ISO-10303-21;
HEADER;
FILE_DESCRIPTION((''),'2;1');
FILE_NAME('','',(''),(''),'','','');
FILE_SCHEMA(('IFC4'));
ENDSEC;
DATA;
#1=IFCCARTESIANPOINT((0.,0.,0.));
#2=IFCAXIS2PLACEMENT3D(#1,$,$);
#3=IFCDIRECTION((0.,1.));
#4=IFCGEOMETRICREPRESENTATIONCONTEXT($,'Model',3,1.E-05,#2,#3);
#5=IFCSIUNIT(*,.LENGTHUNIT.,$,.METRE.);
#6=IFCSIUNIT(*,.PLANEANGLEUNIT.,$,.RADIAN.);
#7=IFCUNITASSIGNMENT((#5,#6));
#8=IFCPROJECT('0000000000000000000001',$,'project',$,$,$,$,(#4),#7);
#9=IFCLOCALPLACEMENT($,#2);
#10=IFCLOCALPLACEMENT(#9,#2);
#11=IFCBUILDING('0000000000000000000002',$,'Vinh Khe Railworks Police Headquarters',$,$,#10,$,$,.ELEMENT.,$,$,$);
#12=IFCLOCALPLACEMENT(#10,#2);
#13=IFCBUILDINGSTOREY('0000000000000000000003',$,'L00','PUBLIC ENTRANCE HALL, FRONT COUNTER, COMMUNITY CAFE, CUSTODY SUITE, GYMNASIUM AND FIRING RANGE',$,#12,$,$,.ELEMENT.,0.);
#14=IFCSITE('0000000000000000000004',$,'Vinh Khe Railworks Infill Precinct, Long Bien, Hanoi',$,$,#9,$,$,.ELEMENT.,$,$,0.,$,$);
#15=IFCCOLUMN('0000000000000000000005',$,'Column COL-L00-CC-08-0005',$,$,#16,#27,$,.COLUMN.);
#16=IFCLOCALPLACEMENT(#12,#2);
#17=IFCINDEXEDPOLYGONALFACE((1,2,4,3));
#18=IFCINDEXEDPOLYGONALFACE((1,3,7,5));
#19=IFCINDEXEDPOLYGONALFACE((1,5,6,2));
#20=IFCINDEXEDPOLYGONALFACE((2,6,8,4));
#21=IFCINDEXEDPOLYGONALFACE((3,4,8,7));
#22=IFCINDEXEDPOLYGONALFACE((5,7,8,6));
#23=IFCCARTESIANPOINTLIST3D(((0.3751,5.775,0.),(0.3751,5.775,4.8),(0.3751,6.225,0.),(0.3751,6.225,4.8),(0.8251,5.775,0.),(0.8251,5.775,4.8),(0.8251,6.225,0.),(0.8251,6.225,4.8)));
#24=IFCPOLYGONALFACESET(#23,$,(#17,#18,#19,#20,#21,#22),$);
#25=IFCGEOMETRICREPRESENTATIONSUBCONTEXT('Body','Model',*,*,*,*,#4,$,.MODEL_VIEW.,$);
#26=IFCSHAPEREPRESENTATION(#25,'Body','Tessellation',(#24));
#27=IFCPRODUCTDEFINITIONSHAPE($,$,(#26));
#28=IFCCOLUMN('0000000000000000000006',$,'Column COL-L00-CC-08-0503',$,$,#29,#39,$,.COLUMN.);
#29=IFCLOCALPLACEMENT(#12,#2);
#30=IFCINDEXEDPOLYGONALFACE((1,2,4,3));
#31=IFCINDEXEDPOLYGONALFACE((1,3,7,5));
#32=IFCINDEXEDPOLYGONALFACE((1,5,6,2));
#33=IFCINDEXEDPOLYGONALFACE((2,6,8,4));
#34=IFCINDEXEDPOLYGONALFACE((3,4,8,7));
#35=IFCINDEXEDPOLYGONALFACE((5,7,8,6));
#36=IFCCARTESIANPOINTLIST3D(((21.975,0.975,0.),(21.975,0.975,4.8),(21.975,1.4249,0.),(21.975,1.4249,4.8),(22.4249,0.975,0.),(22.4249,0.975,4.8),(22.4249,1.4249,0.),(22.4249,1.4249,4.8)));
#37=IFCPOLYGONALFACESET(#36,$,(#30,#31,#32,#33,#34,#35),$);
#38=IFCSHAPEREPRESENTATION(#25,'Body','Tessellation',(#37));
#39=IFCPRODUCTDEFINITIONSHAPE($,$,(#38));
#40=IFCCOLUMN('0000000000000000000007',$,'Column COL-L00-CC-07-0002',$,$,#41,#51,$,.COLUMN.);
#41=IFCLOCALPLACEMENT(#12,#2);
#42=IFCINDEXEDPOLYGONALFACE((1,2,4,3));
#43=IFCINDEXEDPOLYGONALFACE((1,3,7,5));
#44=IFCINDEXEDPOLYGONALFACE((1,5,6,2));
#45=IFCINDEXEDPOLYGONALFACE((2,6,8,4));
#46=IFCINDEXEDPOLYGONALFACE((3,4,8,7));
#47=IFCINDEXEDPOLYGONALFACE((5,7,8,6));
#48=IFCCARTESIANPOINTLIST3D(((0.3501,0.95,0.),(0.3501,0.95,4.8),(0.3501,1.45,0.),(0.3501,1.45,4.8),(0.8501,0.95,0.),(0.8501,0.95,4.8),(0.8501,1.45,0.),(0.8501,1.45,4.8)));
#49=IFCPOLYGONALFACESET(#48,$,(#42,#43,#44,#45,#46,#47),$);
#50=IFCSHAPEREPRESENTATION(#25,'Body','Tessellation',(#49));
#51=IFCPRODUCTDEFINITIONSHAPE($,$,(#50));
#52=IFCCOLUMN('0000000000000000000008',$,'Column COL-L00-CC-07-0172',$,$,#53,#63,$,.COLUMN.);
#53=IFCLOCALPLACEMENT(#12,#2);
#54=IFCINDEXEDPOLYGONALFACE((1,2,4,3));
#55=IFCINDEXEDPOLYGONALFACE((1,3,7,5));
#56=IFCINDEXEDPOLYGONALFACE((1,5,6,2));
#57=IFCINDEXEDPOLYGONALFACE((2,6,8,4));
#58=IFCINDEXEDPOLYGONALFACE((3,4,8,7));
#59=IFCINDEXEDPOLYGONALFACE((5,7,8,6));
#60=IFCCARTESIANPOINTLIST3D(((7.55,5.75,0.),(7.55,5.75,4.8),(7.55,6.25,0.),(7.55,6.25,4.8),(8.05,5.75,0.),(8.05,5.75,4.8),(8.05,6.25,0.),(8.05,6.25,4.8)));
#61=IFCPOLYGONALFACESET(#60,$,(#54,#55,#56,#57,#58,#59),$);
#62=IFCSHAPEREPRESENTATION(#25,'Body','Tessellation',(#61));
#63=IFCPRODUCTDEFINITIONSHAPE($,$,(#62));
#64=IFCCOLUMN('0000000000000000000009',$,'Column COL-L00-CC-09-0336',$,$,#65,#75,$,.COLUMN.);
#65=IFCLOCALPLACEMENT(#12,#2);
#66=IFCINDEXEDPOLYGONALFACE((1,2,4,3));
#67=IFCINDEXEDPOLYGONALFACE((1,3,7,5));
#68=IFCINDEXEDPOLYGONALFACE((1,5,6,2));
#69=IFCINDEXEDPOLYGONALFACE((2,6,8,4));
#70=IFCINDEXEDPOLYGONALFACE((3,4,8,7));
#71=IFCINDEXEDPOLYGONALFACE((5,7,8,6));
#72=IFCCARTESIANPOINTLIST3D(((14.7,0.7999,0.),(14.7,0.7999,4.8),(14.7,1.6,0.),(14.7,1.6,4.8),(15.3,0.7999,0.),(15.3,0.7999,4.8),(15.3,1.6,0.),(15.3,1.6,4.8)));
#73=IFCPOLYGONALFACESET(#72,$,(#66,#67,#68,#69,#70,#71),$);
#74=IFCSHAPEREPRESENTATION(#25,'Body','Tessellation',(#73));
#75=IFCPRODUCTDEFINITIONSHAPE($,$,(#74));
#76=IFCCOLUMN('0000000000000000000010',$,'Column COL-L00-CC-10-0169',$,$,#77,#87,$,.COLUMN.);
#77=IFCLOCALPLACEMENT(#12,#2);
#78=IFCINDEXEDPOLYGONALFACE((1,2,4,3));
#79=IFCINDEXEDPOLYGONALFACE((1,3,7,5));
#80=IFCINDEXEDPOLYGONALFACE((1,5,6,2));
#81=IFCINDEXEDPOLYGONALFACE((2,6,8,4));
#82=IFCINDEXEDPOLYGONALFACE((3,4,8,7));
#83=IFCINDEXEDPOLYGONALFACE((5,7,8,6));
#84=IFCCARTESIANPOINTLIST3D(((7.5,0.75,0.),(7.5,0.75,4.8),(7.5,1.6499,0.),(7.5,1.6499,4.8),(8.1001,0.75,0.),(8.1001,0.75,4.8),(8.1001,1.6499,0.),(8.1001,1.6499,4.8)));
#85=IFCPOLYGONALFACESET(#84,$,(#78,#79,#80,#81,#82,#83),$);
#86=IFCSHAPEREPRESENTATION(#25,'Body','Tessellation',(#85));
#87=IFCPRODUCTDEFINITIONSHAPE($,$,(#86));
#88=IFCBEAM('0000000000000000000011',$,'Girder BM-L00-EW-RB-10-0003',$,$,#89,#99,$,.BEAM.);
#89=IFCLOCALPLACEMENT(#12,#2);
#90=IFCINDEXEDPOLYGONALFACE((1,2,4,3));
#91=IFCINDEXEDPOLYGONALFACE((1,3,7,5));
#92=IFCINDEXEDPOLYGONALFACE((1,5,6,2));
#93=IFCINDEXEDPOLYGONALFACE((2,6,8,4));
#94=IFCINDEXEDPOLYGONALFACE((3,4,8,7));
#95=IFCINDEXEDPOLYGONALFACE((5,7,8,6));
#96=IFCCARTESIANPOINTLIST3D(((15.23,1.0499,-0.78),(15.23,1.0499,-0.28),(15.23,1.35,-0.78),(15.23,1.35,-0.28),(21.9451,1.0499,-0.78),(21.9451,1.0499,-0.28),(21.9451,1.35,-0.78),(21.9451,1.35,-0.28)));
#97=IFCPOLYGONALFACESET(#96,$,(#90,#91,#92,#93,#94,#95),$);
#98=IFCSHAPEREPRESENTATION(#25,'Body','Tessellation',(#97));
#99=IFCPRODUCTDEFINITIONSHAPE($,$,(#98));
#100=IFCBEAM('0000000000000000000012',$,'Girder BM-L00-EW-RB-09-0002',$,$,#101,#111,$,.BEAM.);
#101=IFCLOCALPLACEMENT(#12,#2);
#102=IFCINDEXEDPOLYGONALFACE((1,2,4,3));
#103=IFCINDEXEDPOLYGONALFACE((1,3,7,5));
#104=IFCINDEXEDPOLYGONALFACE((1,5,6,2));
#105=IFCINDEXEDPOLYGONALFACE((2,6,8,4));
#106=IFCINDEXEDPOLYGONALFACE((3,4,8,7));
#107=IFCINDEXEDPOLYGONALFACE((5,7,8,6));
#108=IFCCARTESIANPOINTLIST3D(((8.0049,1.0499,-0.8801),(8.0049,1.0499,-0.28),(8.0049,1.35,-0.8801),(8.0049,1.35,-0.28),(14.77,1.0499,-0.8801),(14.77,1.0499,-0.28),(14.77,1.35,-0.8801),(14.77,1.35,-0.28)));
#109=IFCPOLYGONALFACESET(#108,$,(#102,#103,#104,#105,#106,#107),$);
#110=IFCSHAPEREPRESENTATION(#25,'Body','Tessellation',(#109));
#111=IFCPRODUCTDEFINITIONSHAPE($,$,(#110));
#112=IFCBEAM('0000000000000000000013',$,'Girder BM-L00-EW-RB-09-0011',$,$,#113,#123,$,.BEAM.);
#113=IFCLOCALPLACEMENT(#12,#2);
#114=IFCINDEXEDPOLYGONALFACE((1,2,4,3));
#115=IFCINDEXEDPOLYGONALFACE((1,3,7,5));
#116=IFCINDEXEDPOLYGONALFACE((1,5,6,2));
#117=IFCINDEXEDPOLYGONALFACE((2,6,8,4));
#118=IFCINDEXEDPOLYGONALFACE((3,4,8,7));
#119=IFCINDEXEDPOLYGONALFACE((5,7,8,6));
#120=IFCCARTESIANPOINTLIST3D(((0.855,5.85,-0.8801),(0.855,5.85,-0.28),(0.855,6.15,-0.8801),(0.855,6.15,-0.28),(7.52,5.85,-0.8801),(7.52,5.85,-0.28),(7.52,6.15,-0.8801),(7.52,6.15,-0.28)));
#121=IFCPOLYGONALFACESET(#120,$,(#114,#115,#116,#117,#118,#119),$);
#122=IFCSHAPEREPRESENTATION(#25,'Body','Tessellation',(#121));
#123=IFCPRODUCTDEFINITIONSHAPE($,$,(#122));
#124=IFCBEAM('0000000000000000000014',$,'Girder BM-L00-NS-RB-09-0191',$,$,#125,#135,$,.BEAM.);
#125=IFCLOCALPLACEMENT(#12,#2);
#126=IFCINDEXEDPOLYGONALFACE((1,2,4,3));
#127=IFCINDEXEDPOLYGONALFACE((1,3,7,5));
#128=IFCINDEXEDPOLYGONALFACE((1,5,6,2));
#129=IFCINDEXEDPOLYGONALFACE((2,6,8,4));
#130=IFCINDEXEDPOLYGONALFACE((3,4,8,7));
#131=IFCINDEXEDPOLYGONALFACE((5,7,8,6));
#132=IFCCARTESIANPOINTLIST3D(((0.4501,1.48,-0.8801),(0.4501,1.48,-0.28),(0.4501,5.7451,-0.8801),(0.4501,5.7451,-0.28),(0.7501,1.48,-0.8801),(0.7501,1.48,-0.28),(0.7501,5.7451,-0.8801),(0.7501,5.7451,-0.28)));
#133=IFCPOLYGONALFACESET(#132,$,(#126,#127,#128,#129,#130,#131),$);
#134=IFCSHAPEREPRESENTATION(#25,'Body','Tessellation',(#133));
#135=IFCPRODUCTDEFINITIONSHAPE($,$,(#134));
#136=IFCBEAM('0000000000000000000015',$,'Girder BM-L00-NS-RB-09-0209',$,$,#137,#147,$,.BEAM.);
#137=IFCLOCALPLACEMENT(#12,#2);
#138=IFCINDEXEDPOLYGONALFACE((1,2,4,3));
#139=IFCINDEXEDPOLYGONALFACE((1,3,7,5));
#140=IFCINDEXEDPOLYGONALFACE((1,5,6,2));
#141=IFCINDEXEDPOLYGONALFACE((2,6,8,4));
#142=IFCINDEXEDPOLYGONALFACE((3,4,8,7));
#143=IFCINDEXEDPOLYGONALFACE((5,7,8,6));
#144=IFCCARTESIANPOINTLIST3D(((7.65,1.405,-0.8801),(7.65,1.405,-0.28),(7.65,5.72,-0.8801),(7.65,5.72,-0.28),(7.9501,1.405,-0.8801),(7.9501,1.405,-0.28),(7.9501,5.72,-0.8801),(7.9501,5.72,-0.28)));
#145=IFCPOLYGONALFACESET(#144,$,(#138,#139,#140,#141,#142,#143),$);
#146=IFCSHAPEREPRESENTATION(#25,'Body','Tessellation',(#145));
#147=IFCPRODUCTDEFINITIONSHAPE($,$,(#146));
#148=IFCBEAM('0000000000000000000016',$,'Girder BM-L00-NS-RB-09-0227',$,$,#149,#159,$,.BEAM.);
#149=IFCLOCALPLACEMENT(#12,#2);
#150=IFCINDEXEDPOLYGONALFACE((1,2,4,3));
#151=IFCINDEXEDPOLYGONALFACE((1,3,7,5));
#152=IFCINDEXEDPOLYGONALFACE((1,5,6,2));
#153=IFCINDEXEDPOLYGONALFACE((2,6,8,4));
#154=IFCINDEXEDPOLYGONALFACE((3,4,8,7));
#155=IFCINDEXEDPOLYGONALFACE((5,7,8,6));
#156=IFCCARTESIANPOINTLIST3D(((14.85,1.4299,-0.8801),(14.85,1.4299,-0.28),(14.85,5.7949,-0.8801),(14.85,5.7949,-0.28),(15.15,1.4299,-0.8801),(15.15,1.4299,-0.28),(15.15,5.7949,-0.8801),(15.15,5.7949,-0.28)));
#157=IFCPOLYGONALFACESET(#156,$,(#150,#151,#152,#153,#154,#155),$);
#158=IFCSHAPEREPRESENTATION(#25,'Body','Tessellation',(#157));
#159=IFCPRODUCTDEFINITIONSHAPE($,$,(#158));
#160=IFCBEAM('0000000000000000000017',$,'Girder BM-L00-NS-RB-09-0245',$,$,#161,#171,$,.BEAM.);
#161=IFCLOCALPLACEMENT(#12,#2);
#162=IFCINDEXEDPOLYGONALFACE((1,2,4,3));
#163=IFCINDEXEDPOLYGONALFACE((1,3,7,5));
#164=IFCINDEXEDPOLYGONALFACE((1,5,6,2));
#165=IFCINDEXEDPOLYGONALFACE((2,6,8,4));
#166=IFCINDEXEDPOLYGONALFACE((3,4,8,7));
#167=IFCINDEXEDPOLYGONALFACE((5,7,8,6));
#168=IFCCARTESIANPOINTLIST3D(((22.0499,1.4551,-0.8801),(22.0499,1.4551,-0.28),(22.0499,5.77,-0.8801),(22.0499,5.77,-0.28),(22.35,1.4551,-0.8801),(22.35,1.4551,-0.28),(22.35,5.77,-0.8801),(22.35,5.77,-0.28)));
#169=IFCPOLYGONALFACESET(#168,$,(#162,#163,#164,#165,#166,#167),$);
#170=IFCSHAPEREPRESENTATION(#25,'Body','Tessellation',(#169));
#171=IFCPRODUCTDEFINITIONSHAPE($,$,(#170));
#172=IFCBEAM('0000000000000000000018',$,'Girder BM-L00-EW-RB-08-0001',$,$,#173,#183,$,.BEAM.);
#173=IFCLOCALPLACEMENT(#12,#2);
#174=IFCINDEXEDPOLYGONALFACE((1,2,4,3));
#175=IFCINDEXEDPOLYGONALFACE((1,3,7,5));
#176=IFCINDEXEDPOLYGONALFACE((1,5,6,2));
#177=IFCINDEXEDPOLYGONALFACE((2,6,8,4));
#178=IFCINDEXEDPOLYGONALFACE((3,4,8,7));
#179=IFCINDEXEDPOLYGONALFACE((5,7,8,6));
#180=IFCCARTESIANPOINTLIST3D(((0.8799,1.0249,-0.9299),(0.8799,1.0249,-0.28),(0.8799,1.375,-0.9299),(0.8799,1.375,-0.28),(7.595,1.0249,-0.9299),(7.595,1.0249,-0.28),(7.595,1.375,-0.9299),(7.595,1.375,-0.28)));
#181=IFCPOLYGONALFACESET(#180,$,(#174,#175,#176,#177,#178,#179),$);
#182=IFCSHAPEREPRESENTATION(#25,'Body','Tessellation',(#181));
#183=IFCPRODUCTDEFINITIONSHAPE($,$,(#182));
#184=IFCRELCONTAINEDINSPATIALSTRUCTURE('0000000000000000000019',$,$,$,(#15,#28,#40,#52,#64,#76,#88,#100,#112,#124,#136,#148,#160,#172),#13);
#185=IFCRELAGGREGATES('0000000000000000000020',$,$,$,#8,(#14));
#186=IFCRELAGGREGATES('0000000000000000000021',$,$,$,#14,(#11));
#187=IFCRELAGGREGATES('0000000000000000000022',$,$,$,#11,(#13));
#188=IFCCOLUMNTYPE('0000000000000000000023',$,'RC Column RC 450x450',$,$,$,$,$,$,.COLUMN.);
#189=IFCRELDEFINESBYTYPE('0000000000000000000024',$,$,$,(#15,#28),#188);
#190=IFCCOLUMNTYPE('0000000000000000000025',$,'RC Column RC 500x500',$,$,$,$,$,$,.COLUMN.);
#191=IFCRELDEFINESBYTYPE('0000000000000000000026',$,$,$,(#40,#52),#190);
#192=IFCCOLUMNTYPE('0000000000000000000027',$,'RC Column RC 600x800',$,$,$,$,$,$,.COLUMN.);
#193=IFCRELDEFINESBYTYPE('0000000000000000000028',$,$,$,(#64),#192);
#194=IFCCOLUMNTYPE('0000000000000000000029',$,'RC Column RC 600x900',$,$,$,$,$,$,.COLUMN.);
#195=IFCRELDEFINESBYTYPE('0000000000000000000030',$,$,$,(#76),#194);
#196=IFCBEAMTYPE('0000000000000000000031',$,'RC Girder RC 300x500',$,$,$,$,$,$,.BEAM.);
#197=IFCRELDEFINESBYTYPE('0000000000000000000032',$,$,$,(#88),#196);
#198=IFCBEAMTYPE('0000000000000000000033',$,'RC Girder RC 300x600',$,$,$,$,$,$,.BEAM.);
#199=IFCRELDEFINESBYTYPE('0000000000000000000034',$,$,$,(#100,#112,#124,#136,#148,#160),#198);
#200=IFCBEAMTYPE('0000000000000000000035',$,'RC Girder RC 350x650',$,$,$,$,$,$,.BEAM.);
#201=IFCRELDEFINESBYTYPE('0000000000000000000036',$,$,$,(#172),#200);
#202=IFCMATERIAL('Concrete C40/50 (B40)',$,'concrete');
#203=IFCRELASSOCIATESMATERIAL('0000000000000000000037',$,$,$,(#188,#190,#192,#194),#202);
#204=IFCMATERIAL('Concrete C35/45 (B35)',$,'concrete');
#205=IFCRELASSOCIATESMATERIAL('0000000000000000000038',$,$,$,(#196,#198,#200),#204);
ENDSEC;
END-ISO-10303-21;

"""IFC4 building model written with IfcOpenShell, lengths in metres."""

from ifc_helpers import new_model, si_unit, direction, frame, origin, origin_2d, place, context, subcontext, project, spatial, rectangle, extrude, material, material_profile, profile_set, type_object, element, save


model = new_model("IFC4")

# Units and contexts
model_context = context("Model", 3, precision=1e-05, world=origin(), true_north=direction((0.0, 1.0)))
body_context = subcontext(model_context, "Body", "Model", "MODEL_VIEW")
ifc_project = project(units=[si_unit("LENGTHUNIT", "METRE"), si_unit("PLANEANGLEUNIT", "RADIAN")], contexts=[model_context])

# Site, building, storey
site_placement = place(None, origin())
site = spatial("IfcSite", under=ifc_project, at=site_placement, Name="Vinh Khe Railworks Infill Precinct, Long Bien, Hanoi", CompositionType="ELEMENT", RefElevation=0.0)
building_placement = place(site_placement, origin())
building = spatial("IfcBuilding", under=site, at=building_placement, Name="Vinh Khe Railworks Police Headquarters", CompositionType="ELEMENT")
storey_placement = place(building_placement, origin())
storey = spatial("IfcBuildingStorey", under=building, at=storey_placement, Name="L00", Description="PUBLIC ENTRANCE HALL, FRONT COUNTER, COMMUNITY CAFE, CUSTODY SUITE, GYMNASIUM AND FIRING RANGE", CompositionType="ELEMENT", Elevation=0.0)

# Columns
ifc_material_1 = material(Name="Concrete C40/50 (B40)", Category="concrete")
ifc_material_profile_1 = material_profile(ifc_material_1, rectangle(XDim=0.45, YDim=0.45, at=origin_2d()), Name="RC 450x450")
ifc_profile_set_1 = profile_set([ifc_material_profile_1], Name="Concrete C40/50 (B40)")
column_type_1 = type_object("IfcColumnType", Name="RC Column RC 450x450", PredefinedType="COLUMN", material=ifc_profile_set_1)
for number, where, z_axis, x_axis, name in (
    (1, (0.6001, 6.0, 0.0), (0.0, 0.0, 1.0), (1.0, 0.0, 0.0), "Column COL-L00-CC-08-0005"),
    (2, (22.2, 1.2, 0.0), (0.0, 0.0, 1.0), (1.0, 0.0, 0.0), "Column COL-L00-CC-08-0503"),
):
    element("IfcColumn", number, at=place(storey_placement, frame(where, z_axis=z_axis, x_axis=x_axis)), inside=storey, type_object=column_type_1, Name=name, PredefinedType="COLUMN", context=body_context, shape_type="SweptSolid", body=[
        extrude(rectangle(XDim=0.45, YDim=0.45, at=origin_2d()), origin(), (0.0, 0.0, 1.0), 4.8),
    ])
ifc_material_profile_2 = material_profile(ifc_material_1, rectangle(XDim=0.5, YDim=0.5, at=origin_2d()), Name="RC 500x500")
ifc_profile_set_2 = profile_set([ifc_material_profile_2], Name="Concrete C40/50 (B40)")
column_type_2 = type_object("IfcColumnType", Name="RC Column RC 500x500", PredefinedType="COLUMN", material=ifc_profile_set_2)
for number, where, z_axis, x_axis, name in (
    (3, (0.6001, 1.2, 0.0), (0.0, 0.0, 1.0), (1.0, 0.0, 0.0), "Column COL-L00-CC-07-0002"),
    (4, (7.8, 6.0, 0.0), (0.0, 0.0, 1.0), (1.0, 0.0, 0.0), "Column COL-L00-CC-07-0172"),
):
    element("IfcColumn", number, at=place(storey_placement, frame(where, z_axis=z_axis, x_axis=x_axis)), inside=storey, type_object=column_type_2, Name=name, PredefinedType="COLUMN", context=body_context, shape_type="SweptSolid", body=[
        extrude(rectangle(XDim=0.5, YDim=0.5, at=origin_2d()), origin(), (0.0, 0.0, 1.0), 4.8),
    ])
ifc_material_profile_3 = material_profile(ifc_material_1, rectangle(XDim=0.6001, YDim=0.8, at=origin_2d()), Name="RC 600x800")
ifc_profile_set_3 = profile_set([ifc_material_profile_3], Name="Concrete C40/50 (B40)")
column_type_3 = type_object("IfcColumnType", Name="RC Column RC 600x800", PredefinedType="COLUMN", material=ifc_profile_set_3)
column_1_placement = place(storey_placement, frame((15.0, 1.2, 0.0), z_axis=(0.0, 0.0, 1.0), x_axis=(1.0, 0.0, 0.0)))
element("IfcColumn", 5, at=column_1_placement, inside=storey, type_object=column_type_3, Name="Column COL-L00-CC-09-0336", PredefinedType="COLUMN", context=body_context, shape_type="SweptSolid", body=[
    extrude(rectangle(XDim=0.6001, YDim=0.8, at=origin_2d()), origin(), (0.0, 0.0, 1.0), 4.8),
])
ifc_material_profile_4 = material_profile(ifc_material_1, rectangle(XDim=0.6001, YDim=0.8999, at=origin_2d()), Name="RC 600x900")
ifc_profile_set_4 = profile_set([ifc_material_profile_4], Name="Concrete C40/50 (B40)")
column_type_4 = type_object("IfcColumnType", Name="RC Column RC 600x900", PredefinedType="COLUMN", material=ifc_profile_set_4)
column_2_placement = place(storey_placement, frame((7.8, 1.2, 0.0), z_axis=(0.0, 0.0, 1.0), x_axis=(1.0, 0.0, 0.0)))
element("IfcColumn", 6, at=column_2_placement, inside=storey, type_object=column_type_4, Name="Column COL-L00-CC-10-0169", PredefinedType="COLUMN", context=body_context, shape_type="SweptSolid", body=[
    extrude(rectangle(XDim=0.6001, YDim=0.8999, at=origin_2d()), origin(), (0.0, 0.0, 1.0), 4.8),
])

# Beams
ifc_material_2 = material(Name="Concrete C35/45 (B35)", Category="concrete")
ifc_material_profile_5 = material_profile(ifc_material_2, rectangle(XDim=0.3, YDim=0.5, at=origin_2d()), Name="RC 300x500")
ifc_profile_set_5 = profile_set([ifc_material_profile_5], Name="Concrete C35/45 (B35)")
beam_type_1 = type_object("IfcBeamType", Name="RC Girder RC 300x500", PredefinedType="BEAM", material=ifc_profile_set_5)
beam_1_placement = place(storey_placement, frame((15.23, 1.2, -0.53), z_axis=(1.0, 0.0, 0.0), x_axis=(0.0, 1.0, 0.0)))
element("IfcBeam", 7, at=beam_1_placement, inside=storey, type_object=beam_type_1, Name="Girder BM-L00-EW-RB-10-0003", PredefinedType="BEAM", context=body_context, shape_type="SweptSolid", body=[
    extrude(rectangle(XDim=0.3, YDim=0.5, at=origin_2d()), origin(), (0.0, 0.0, 1.0), 6.7151),
])
ifc_material_profile_6 = material_profile(ifc_material_2, rectangle(XDim=0.3, YDim=0.6001, at=origin_2d()), Name="RC 300x600")
ifc_profile_set_6 = profile_set([ifc_material_profile_6], Name="Concrete C35/45 (B35)")
beam_type_2 = type_object("IfcBeamType", Name="RC Girder RC 300x600", PredefinedType="BEAM", material=ifc_profile_set_6)
beam_2_placement = place(storey_placement, frame((8.0049, 1.2, -0.5801), z_axis=(1.0, 0.0, 0.0), x_axis=(0.0, 1.0, 0.0)))
element("IfcBeam", 8, at=beam_2_placement, inside=storey, type_object=beam_type_2, Name="Girder BM-L00-EW-RB-09-0002", PredefinedType="BEAM", context=body_context, shape_type="SweptSolid", body=[
    extrude(rectangle(XDim=0.3, YDim=0.6001, at=origin_2d()), origin(), (0.0, 0.0, 1.0), 6.7651),
])
beam_3_placement = place(storey_placement, frame((0.855, 6.0, -0.5801), z_axis=(1.0, 0.0, 0.0), x_axis=(0.0, 1.0, 0.0)))
element("IfcBeam", 9, at=beam_3_placement, inside=storey, type_object=beam_type_2, Name="Girder BM-L00-EW-RB-09-0011", PredefinedType="BEAM", context=body_context, shape_type="SweptSolid", body=[
    extrude(rectangle(XDim=0.3, YDim=0.6001, at=origin_2d()), origin(), (0.0, 0.0, 1.0), 6.665),
])
beam_4_placement = place(storey_placement, frame((0.6001, 1.48, -0.5801), z_axis=(0.0, 1.0, 0.0), x_axis=(-1.0, 0.0, 0.0)))
element("IfcBeam", 10, at=beam_4_placement, inside=storey, type_object=beam_type_2, Name="Girder BM-L00-NS-RB-09-0191", PredefinedType="BEAM", context=body_context, shape_type="SweptSolid", body=[
    extrude(rectangle(XDim=0.3, YDim=0.6001, at=origin_2d()), origin(), (0.0, 0.0, 1.0), 4.2651),
])
beam_5_placement = place(storey_placement, frame((7.8, 1.405, -0.5801), z_axis=(0.0, 1.0, 0.0), x_axis=(-1.0, 0.0, 0.0)))
element("IfcBeam", 11, at=beam_5_placement, inside=storey, type_object=beam_type_2, Name="Girder BM-L00-NS-RB-09-0209", PredefinedType="BEAM", context=body_context, shape_type="SweptSolid", body=[
    extrude(rectangle(XDim=0.3, YDim=0.6001, at=origin_2d()), origin(), (0.0, 0.0, 1.0), 4.3149),
])
beam_6_placement = place(storey_placement, frame((15.0, 1.4299, -0.5801), z_axis=(0.0, 1.0, 0.0), x_axis=(-1.0, 0.0, 0.0)))
element("IfcBeam", 12, at=beam_6_placement, inside=storey, type_object=beam_type_2, Name="Girder BM-L00-NS-RB-09-0227", PredefinedType="BEAM", context=body_context, shape_type="SweptSolid", body=[
    extrude(rectangle(XDim=0.3, YDim=0.6001, at=origin_2d()), origin(), (0.0, 0.0, 1.0), 4.365),
])
beam_7_placement = place(storey_placement, frame((22.2, 1.4551, -0.5801), z_axis=(0.0, 1.0, 0.0), x_axis=(-1.0, 0.0, 0.0)))
element("IfcBeam", 13, at=beam_7_placement, inside=storey, type_object=beam_type_2, Name="Girder BM-L00-NS-RB-09-0245", PredefinedType="BEAM", context=body_context, shape_type="SweptSolid", body=[
    extrude(rectangle(XDim=0.3, YDim=0.6001, at=origin_2d()), origin(), (0.0, 0.0, 1.0), 4.3149),
])
ifc_material_profile_7 = material_profile(ifc_material_2, rectangle(XDim=0.3501, YDim=0.6499, at=origin_2d()), Name="RC 350x650")
ifc_profile_set_7 = profile_set([ifc_material_profile_7], Name="Concrete C35/45 (B35)")
beam_type_3 = type_object("IfcBeamType", Name="RC Girder RC 350x650", PredefinedType="BEAM", material=ifc_profile_set_7)
beam_8_placement = place(storey_placement, frame((0.8799, 1.2, -0.605), z_axis=(1.0, 0.0, 0.0), x_axis=(0.0, 1.0, 0.0)))
element("IfcBeam", 14, at=beam_8_placement, inside=storey, type_object=beam_type_3, Name="Girder BM-L00-EW-RB-08-0001", PredefinedType="BEAM", context=body_context, shape_type="SweptSolid", body=[
    extrude(rectangle(XDim=0.3501, YDim=0.6499, at=origin_2d()), origin(), (0.0, 0.0, 1.0), 6.7151),
])

save(model, "model.ifc")
